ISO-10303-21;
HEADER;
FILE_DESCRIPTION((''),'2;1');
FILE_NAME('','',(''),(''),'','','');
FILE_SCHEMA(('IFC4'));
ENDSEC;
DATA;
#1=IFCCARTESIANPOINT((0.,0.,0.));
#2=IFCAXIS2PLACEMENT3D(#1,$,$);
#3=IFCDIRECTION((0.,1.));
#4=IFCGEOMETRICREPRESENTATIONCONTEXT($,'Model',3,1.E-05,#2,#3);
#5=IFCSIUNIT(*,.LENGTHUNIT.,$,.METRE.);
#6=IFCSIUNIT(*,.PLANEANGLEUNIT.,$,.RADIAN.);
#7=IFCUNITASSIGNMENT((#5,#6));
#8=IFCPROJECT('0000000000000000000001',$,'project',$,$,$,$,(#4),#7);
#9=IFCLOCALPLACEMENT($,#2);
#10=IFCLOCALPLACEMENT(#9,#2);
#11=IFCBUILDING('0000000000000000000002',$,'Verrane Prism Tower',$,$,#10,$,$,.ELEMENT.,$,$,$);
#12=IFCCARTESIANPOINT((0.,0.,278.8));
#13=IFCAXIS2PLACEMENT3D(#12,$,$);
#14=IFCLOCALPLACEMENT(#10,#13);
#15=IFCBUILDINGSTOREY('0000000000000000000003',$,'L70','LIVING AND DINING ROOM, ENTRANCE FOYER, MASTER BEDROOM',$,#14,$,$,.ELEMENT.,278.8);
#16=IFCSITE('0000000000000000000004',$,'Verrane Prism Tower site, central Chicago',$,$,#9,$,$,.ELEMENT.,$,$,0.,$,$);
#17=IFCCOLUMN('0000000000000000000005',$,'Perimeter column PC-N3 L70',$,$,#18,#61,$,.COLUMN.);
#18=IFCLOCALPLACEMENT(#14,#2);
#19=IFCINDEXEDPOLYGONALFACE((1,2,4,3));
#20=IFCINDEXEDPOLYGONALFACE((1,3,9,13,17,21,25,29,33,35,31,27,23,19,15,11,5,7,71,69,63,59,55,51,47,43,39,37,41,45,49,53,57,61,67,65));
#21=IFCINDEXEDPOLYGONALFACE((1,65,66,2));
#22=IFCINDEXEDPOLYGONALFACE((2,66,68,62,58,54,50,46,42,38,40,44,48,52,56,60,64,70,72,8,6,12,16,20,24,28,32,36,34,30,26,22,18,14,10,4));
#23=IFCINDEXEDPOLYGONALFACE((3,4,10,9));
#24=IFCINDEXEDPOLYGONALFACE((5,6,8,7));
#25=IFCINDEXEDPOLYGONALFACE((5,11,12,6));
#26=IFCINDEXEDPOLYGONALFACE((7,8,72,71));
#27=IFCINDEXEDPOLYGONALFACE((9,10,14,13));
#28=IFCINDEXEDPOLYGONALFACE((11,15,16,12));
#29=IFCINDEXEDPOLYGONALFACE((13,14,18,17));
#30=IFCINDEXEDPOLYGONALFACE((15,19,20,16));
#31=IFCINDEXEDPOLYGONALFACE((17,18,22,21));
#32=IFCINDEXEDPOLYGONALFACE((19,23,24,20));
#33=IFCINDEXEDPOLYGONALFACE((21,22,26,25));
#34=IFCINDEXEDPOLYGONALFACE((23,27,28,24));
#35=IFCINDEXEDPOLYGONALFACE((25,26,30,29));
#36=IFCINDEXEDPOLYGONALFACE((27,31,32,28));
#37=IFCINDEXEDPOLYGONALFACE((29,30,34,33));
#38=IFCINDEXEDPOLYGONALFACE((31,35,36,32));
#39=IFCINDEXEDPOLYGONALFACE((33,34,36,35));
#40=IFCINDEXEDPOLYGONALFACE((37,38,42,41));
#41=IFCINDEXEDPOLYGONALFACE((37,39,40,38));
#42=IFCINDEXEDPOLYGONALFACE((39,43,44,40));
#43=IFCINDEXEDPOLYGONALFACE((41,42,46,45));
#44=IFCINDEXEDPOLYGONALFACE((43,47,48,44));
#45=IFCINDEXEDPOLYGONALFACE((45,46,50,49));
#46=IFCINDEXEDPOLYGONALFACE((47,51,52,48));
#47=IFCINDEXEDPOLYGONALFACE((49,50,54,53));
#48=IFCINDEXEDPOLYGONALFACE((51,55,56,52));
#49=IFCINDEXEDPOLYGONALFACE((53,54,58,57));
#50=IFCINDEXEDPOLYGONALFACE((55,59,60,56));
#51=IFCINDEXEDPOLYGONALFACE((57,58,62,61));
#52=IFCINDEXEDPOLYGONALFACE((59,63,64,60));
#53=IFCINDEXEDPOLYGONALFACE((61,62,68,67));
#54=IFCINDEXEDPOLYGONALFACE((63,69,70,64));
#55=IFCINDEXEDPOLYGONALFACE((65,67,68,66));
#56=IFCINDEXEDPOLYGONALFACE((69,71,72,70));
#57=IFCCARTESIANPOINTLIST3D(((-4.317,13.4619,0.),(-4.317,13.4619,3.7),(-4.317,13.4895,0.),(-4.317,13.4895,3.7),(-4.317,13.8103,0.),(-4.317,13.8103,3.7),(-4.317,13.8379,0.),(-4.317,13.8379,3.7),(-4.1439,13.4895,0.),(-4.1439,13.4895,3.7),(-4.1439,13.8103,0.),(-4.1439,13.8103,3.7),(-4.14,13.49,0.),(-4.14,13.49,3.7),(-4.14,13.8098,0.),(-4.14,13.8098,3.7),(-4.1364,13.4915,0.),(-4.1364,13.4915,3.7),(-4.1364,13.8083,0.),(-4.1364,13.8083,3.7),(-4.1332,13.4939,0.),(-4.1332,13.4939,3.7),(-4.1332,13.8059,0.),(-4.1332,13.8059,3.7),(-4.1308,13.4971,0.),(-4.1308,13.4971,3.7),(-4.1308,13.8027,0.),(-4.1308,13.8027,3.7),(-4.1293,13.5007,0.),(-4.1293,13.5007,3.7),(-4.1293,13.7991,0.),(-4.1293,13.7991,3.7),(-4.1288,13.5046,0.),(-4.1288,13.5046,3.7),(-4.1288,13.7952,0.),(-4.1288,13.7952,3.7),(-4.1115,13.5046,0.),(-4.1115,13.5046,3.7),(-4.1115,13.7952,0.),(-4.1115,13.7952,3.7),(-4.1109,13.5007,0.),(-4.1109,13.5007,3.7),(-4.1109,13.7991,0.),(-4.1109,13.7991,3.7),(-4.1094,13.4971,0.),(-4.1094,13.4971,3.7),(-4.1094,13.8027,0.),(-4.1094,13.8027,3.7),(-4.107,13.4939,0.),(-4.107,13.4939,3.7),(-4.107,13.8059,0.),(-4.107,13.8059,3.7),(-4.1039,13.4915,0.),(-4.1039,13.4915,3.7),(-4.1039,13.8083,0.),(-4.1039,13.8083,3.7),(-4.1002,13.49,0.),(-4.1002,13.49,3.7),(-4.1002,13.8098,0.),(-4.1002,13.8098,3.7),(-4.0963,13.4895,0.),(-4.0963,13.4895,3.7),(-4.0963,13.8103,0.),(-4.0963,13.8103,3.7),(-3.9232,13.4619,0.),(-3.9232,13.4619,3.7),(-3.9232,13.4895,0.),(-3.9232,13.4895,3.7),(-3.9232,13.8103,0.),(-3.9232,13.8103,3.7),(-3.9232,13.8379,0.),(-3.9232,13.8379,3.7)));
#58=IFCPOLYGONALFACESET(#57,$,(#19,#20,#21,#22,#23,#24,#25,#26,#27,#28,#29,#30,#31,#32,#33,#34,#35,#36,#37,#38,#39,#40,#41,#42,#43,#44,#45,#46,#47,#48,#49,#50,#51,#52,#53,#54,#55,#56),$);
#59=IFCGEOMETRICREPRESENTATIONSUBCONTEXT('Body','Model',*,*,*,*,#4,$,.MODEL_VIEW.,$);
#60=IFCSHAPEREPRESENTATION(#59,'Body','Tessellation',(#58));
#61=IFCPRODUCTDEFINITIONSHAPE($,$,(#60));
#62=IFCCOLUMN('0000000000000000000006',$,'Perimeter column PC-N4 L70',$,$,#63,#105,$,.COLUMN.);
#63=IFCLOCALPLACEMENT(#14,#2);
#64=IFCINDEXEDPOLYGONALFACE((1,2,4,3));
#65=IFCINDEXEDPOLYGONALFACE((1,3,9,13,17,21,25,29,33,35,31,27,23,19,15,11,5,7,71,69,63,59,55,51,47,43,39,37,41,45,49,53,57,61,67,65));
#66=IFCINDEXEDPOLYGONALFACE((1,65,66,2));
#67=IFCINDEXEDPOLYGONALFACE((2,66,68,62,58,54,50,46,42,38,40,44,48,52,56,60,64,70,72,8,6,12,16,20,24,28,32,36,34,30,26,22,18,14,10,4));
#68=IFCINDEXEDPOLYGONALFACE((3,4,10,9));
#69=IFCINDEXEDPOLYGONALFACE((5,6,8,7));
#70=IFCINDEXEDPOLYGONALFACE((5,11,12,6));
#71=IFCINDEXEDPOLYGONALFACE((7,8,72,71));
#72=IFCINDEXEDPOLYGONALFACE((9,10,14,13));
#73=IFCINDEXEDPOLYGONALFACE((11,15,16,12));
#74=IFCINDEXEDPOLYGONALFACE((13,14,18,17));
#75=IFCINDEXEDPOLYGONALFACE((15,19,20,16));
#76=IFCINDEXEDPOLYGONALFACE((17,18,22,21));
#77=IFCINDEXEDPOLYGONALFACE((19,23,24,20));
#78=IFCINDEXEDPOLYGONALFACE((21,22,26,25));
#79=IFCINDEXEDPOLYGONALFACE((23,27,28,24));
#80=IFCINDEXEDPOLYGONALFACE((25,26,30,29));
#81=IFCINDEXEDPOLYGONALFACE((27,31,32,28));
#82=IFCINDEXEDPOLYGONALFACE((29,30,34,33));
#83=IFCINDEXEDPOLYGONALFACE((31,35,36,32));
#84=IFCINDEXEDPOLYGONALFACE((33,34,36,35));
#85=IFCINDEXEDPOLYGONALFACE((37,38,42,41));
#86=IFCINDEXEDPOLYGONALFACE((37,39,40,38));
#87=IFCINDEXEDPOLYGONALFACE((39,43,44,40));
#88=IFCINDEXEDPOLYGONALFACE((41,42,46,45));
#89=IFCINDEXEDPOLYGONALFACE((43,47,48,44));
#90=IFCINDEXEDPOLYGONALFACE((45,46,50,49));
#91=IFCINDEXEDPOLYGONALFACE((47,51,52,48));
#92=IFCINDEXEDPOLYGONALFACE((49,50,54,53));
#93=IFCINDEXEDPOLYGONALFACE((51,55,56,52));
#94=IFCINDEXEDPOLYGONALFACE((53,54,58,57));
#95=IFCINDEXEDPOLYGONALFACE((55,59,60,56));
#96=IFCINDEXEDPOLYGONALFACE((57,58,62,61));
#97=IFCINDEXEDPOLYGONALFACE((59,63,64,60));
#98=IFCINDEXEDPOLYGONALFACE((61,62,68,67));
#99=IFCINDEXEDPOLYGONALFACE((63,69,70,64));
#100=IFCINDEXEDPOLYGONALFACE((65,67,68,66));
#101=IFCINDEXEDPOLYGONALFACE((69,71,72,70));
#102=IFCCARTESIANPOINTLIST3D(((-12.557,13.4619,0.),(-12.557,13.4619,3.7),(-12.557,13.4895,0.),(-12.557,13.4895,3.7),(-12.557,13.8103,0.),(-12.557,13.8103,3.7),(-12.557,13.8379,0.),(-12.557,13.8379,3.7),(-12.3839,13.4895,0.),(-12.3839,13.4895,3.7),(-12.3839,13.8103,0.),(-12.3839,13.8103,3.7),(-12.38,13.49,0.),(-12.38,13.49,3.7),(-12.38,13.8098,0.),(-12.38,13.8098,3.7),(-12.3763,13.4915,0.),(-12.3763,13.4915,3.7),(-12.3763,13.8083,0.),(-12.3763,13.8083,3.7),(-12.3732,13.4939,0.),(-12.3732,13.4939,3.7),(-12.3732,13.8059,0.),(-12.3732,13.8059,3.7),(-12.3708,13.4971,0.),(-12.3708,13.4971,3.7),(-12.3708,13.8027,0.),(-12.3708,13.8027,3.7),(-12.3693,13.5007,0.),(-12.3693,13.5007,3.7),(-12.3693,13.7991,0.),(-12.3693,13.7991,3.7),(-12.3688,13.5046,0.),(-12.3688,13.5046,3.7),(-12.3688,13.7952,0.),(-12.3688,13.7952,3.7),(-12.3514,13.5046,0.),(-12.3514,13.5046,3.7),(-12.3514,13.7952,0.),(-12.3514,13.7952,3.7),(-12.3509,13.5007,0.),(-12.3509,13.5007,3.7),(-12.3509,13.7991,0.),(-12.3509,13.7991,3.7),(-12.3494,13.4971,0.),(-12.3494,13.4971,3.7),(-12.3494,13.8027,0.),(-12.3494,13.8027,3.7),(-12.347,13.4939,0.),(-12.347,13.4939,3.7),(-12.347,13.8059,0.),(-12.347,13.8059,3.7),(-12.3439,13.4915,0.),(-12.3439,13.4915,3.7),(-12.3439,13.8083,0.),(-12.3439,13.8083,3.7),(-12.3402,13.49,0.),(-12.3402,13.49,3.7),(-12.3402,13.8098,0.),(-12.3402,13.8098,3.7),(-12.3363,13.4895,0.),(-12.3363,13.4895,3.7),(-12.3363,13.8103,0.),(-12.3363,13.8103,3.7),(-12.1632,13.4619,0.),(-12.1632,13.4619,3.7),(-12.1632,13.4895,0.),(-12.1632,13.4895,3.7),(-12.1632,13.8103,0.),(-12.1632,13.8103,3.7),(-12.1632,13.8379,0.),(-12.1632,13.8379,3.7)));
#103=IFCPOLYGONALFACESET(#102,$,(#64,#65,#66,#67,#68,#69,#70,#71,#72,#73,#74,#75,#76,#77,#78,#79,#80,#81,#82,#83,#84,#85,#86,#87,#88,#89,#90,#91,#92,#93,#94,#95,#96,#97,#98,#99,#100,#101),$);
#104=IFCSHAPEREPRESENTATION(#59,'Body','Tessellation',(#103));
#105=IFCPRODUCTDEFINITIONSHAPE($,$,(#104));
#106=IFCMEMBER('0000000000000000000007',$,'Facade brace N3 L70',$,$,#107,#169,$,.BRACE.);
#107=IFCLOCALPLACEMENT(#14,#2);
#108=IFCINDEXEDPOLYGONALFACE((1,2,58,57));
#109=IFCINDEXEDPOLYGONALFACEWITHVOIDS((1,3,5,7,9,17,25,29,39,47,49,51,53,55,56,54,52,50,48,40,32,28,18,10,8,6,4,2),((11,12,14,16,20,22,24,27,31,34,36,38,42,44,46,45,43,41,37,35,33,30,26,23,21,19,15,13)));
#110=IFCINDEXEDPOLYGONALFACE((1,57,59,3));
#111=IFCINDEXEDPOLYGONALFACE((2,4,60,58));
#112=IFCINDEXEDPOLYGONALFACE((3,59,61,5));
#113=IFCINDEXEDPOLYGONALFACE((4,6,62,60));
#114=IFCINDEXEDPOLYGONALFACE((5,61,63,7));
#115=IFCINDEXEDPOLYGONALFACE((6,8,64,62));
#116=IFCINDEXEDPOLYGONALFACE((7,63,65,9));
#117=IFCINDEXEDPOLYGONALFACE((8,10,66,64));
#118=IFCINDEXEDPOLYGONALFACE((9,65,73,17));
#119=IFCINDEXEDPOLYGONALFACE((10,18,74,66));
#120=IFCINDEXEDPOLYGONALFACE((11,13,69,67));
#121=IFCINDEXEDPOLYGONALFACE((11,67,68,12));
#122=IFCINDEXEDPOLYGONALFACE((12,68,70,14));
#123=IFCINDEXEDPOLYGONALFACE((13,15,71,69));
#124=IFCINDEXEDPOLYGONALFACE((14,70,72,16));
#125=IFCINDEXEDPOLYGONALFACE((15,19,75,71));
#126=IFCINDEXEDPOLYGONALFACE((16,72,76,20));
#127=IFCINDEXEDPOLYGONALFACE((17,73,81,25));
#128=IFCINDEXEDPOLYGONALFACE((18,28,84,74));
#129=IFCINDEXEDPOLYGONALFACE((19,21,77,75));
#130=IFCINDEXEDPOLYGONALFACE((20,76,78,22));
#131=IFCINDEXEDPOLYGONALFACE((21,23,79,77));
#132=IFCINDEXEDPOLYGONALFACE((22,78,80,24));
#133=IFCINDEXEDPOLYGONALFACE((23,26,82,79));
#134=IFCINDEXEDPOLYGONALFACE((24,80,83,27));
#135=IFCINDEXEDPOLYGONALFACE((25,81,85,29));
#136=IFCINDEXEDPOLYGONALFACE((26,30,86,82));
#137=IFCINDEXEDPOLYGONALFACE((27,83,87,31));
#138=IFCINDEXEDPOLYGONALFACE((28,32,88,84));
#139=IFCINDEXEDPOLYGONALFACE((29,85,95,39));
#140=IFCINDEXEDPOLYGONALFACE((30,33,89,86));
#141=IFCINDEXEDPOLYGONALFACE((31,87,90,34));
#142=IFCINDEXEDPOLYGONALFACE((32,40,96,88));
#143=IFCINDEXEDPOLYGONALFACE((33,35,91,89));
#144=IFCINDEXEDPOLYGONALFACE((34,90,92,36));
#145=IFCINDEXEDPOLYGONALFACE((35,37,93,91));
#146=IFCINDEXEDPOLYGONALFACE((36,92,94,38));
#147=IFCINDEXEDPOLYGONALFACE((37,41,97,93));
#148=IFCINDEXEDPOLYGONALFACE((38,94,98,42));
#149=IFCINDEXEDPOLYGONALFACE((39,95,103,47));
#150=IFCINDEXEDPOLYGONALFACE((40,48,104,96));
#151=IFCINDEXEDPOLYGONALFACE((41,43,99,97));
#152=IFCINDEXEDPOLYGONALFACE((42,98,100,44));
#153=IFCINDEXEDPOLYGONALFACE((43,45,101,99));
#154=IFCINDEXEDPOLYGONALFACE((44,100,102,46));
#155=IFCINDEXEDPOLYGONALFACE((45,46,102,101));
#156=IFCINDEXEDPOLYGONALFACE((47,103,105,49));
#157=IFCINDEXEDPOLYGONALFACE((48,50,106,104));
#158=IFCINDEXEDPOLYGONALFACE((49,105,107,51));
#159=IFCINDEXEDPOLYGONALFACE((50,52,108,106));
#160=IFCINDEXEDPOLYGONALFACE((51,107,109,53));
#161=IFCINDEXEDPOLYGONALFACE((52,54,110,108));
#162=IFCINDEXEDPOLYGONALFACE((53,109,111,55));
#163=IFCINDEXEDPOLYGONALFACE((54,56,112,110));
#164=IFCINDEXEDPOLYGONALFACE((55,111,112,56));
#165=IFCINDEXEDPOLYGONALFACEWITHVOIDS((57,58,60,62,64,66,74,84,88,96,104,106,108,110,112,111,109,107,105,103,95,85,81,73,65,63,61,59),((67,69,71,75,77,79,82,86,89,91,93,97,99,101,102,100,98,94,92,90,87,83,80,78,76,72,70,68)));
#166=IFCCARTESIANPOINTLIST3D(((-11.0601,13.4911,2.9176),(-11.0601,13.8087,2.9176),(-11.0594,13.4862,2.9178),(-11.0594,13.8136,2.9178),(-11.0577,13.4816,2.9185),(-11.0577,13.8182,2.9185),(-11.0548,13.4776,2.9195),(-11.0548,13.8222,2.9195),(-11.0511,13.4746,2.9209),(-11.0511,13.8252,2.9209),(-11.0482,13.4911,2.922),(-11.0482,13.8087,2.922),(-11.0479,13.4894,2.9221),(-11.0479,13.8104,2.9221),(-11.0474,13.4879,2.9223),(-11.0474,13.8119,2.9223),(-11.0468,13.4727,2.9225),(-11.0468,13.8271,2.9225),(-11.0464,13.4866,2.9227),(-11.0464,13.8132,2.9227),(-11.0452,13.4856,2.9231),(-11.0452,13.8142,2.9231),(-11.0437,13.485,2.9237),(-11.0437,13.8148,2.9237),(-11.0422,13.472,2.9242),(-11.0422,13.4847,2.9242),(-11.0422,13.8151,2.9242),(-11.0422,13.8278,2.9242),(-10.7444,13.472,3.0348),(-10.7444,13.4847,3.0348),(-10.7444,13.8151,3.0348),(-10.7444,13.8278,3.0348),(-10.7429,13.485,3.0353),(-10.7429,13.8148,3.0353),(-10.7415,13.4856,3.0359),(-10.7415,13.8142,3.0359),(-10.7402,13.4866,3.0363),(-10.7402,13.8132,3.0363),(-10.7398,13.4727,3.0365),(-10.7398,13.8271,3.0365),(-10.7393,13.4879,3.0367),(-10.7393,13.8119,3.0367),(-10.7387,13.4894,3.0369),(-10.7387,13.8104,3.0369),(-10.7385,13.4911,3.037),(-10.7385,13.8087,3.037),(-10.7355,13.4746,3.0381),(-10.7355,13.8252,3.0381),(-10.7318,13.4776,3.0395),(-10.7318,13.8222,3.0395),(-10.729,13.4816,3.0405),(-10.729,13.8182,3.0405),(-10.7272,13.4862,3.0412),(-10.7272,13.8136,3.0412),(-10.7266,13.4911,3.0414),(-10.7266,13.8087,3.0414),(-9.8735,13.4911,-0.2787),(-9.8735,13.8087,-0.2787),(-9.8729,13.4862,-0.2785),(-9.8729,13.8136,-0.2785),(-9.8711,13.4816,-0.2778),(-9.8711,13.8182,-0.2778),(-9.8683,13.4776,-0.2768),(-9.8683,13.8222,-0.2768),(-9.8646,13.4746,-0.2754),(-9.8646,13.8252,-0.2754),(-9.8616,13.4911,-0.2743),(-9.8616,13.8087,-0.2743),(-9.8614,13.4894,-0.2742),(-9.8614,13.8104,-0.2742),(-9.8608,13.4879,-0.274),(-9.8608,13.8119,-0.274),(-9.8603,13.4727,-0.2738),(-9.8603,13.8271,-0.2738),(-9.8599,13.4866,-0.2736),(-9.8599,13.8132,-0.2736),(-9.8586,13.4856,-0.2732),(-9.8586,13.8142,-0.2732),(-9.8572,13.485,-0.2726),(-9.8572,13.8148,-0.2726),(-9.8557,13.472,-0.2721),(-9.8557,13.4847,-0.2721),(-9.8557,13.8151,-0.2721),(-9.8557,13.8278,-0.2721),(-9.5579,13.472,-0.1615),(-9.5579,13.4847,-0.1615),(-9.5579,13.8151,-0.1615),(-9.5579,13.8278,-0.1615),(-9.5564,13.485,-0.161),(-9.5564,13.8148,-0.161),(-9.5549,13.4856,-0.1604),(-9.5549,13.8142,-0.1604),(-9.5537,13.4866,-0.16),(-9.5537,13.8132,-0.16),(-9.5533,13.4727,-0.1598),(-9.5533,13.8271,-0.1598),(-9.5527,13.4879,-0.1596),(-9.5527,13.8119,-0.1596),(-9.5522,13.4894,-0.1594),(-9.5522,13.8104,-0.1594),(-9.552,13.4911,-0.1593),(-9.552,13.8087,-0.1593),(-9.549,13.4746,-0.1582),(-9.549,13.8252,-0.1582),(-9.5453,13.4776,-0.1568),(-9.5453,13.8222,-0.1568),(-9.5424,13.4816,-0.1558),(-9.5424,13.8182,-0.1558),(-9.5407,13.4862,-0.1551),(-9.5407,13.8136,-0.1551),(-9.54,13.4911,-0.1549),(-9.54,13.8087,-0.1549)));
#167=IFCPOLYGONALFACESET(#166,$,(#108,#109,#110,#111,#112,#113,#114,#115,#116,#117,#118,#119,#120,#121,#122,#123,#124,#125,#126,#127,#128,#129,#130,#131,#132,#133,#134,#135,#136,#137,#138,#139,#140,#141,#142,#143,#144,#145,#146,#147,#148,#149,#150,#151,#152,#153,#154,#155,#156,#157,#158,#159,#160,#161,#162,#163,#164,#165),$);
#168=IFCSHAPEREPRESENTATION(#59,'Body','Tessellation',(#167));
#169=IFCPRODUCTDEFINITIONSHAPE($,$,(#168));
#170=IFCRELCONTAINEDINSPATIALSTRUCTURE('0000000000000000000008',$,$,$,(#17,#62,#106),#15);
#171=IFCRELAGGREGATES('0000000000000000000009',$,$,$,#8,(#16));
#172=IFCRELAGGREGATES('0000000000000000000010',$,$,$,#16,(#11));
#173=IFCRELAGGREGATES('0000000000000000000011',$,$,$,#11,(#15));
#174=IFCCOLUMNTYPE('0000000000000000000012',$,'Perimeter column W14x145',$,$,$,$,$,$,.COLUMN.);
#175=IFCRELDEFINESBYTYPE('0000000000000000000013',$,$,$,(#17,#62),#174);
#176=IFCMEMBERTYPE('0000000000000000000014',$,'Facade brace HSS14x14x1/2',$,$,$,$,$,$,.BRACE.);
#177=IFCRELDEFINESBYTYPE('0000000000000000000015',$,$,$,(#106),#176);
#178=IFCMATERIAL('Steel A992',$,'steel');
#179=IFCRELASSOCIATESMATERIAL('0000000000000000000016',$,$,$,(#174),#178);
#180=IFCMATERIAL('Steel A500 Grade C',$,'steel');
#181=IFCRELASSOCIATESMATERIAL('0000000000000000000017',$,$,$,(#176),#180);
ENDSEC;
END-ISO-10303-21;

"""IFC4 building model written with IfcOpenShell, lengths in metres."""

from ifc_helpers import new_model, si_unit, direction, frame, origin, origin_2d, place, context, subcontext, project, spatial, hollow_rectangle, i_section, extrude, material, material_profile, profile_set, type_object, element, save


model = new_model("IFC4")

# Units and contexts
model_context = context("Model", 3, precision=1e-05, world=origin(), true_north=direction((0.0, 1.0)))
body_context = subcontext(model_context, "Body", "Model", "MODEL_VIEW")
ifc_project = project(units=[si_unit("LENGTHUNIT", "METRE"), si_unit("PLANEANGLEUNIT", "RADIAN")], contexts=[model_context])

# Site, building, storey
site_placement = place(None, origin())
site = spatial("IfcSite", under=ifc_project, at=site_placement, Name="Verrane Prism Tower site, central Chicago", CompositionType="ELEMENT", RefElevation=0.0)
building_placement = place(site_placement, origin())
building = spatial("IfcBuilding", under=site, at=building_placement, Name="Verrane Prism Tower", CompositionType="ELEMENT")
storey_placement = place(building_placement, frame((0.0, 0.0, 278.8)))
storey = spatial("IfcBuildingStorey", under=building, at=storey_placement, Name="L70", Description="LIVING AND DINING ROOM, ENTRANCE FOYER, MASTER BEDROOM", CompositionType="ELEMENT", Elevation=278.8)

# Columns
ifc_material_1 = material(Name="Steel A992", Category="steel")
ifc_material_profile_1 = material_profile(ifc_material_1, i_section(OverallWidth=0.3938, OverallDepth=0.376, WebThickness=0.0173, FlangeThickness=0.0276, FilletRadius=0.0151, at=origin_2d()), Name="W14x145")
ifc_profile_set_1 = profile_set([ifc_material_profile_1], Name="Steel A992")
column_type = type_object("IfcColumnType", Name="Perimeter column W14x145", PredefinedType="COLUMN", material=ifc_profile_set_1)
for number, where, z_axis, x_axis, name in (
    (1, (-4.1201, 13.6499, 0.0), (0.0, 0.0, 1.0), (1.0, 0.0, 0.0), "Perimeter column PC-N3 L70"),
    (2, (-12.3601, 13.6499, 0.0), (0.0, 0.0, 1.0), (1.0, 0.0, 0.0), "Perimeter column PC-N4 L70"),
):
    element("IfcColumn", number, at=place(storey_placement, frame(where, z_axis=z_axis, x_axis=x_axis)), inside=storey, type_object=column_type, Name=name, PredefinedType="COLUMN", context=body_context, shape_type="SweptSolid", body=[
        extrude(i_section(OverallWidth=0.3938, OverallDepth=0.376, WebThickness=0.0173, FlangeThickness=0.0276, FilletRadius=0.0151, at=origin_2d()), origin(), (0.0, 0.0, 1.0), 3.7),
    ])

# Member
ifc_material_2 = material(Name="Steel A500 Grade C", Category="steel")
ifc_material_profile_2 = material_profile(ifc_material_2, hollow_rectangle(XDim=0.3557, YDim=0.3557, WallThickness=0.0127, InnerFilletRadius=0.0063, OuterFilletRadius=0.019, at=origin_2d()), Name="HSS14x14x1/2")
ifc_profile_set_2 = profile_set([ifc_material_profile_2], Name="Steel A500 Grade C")
member_type_1 = type_object("IfcMemberType", Name="Facade brace HSS14x14x1/2", PredefinedType="BRACE", material=ifc_profile_set_2)
member_1_placement = place(storey_placement, frame((-9.7068, 13.6499, -0.2168), z_axis=(-0.348014, 0.0, 0.937489), x_axis=(0.0, -1.0, 0.0)))
element("IfcMember", 3, at=member_1_placement, inside=storey, type_object=member_type_1, Name="Facade brace N3 L70", PredefinedType="BRACE", context=body_context, shape_type="SweptSolid", body=[
    extrude(hollow_rectangle(XDim=0.3557, YDim=0.3557, WallThickness=0.0127, InnerFilletRadius=0.0063, OuterFilletRadius=0.019, at=origin_2d()), origin(), (0.0, 0.0, 1.0), 3.4094),
])

save(model, "model.ifc")
